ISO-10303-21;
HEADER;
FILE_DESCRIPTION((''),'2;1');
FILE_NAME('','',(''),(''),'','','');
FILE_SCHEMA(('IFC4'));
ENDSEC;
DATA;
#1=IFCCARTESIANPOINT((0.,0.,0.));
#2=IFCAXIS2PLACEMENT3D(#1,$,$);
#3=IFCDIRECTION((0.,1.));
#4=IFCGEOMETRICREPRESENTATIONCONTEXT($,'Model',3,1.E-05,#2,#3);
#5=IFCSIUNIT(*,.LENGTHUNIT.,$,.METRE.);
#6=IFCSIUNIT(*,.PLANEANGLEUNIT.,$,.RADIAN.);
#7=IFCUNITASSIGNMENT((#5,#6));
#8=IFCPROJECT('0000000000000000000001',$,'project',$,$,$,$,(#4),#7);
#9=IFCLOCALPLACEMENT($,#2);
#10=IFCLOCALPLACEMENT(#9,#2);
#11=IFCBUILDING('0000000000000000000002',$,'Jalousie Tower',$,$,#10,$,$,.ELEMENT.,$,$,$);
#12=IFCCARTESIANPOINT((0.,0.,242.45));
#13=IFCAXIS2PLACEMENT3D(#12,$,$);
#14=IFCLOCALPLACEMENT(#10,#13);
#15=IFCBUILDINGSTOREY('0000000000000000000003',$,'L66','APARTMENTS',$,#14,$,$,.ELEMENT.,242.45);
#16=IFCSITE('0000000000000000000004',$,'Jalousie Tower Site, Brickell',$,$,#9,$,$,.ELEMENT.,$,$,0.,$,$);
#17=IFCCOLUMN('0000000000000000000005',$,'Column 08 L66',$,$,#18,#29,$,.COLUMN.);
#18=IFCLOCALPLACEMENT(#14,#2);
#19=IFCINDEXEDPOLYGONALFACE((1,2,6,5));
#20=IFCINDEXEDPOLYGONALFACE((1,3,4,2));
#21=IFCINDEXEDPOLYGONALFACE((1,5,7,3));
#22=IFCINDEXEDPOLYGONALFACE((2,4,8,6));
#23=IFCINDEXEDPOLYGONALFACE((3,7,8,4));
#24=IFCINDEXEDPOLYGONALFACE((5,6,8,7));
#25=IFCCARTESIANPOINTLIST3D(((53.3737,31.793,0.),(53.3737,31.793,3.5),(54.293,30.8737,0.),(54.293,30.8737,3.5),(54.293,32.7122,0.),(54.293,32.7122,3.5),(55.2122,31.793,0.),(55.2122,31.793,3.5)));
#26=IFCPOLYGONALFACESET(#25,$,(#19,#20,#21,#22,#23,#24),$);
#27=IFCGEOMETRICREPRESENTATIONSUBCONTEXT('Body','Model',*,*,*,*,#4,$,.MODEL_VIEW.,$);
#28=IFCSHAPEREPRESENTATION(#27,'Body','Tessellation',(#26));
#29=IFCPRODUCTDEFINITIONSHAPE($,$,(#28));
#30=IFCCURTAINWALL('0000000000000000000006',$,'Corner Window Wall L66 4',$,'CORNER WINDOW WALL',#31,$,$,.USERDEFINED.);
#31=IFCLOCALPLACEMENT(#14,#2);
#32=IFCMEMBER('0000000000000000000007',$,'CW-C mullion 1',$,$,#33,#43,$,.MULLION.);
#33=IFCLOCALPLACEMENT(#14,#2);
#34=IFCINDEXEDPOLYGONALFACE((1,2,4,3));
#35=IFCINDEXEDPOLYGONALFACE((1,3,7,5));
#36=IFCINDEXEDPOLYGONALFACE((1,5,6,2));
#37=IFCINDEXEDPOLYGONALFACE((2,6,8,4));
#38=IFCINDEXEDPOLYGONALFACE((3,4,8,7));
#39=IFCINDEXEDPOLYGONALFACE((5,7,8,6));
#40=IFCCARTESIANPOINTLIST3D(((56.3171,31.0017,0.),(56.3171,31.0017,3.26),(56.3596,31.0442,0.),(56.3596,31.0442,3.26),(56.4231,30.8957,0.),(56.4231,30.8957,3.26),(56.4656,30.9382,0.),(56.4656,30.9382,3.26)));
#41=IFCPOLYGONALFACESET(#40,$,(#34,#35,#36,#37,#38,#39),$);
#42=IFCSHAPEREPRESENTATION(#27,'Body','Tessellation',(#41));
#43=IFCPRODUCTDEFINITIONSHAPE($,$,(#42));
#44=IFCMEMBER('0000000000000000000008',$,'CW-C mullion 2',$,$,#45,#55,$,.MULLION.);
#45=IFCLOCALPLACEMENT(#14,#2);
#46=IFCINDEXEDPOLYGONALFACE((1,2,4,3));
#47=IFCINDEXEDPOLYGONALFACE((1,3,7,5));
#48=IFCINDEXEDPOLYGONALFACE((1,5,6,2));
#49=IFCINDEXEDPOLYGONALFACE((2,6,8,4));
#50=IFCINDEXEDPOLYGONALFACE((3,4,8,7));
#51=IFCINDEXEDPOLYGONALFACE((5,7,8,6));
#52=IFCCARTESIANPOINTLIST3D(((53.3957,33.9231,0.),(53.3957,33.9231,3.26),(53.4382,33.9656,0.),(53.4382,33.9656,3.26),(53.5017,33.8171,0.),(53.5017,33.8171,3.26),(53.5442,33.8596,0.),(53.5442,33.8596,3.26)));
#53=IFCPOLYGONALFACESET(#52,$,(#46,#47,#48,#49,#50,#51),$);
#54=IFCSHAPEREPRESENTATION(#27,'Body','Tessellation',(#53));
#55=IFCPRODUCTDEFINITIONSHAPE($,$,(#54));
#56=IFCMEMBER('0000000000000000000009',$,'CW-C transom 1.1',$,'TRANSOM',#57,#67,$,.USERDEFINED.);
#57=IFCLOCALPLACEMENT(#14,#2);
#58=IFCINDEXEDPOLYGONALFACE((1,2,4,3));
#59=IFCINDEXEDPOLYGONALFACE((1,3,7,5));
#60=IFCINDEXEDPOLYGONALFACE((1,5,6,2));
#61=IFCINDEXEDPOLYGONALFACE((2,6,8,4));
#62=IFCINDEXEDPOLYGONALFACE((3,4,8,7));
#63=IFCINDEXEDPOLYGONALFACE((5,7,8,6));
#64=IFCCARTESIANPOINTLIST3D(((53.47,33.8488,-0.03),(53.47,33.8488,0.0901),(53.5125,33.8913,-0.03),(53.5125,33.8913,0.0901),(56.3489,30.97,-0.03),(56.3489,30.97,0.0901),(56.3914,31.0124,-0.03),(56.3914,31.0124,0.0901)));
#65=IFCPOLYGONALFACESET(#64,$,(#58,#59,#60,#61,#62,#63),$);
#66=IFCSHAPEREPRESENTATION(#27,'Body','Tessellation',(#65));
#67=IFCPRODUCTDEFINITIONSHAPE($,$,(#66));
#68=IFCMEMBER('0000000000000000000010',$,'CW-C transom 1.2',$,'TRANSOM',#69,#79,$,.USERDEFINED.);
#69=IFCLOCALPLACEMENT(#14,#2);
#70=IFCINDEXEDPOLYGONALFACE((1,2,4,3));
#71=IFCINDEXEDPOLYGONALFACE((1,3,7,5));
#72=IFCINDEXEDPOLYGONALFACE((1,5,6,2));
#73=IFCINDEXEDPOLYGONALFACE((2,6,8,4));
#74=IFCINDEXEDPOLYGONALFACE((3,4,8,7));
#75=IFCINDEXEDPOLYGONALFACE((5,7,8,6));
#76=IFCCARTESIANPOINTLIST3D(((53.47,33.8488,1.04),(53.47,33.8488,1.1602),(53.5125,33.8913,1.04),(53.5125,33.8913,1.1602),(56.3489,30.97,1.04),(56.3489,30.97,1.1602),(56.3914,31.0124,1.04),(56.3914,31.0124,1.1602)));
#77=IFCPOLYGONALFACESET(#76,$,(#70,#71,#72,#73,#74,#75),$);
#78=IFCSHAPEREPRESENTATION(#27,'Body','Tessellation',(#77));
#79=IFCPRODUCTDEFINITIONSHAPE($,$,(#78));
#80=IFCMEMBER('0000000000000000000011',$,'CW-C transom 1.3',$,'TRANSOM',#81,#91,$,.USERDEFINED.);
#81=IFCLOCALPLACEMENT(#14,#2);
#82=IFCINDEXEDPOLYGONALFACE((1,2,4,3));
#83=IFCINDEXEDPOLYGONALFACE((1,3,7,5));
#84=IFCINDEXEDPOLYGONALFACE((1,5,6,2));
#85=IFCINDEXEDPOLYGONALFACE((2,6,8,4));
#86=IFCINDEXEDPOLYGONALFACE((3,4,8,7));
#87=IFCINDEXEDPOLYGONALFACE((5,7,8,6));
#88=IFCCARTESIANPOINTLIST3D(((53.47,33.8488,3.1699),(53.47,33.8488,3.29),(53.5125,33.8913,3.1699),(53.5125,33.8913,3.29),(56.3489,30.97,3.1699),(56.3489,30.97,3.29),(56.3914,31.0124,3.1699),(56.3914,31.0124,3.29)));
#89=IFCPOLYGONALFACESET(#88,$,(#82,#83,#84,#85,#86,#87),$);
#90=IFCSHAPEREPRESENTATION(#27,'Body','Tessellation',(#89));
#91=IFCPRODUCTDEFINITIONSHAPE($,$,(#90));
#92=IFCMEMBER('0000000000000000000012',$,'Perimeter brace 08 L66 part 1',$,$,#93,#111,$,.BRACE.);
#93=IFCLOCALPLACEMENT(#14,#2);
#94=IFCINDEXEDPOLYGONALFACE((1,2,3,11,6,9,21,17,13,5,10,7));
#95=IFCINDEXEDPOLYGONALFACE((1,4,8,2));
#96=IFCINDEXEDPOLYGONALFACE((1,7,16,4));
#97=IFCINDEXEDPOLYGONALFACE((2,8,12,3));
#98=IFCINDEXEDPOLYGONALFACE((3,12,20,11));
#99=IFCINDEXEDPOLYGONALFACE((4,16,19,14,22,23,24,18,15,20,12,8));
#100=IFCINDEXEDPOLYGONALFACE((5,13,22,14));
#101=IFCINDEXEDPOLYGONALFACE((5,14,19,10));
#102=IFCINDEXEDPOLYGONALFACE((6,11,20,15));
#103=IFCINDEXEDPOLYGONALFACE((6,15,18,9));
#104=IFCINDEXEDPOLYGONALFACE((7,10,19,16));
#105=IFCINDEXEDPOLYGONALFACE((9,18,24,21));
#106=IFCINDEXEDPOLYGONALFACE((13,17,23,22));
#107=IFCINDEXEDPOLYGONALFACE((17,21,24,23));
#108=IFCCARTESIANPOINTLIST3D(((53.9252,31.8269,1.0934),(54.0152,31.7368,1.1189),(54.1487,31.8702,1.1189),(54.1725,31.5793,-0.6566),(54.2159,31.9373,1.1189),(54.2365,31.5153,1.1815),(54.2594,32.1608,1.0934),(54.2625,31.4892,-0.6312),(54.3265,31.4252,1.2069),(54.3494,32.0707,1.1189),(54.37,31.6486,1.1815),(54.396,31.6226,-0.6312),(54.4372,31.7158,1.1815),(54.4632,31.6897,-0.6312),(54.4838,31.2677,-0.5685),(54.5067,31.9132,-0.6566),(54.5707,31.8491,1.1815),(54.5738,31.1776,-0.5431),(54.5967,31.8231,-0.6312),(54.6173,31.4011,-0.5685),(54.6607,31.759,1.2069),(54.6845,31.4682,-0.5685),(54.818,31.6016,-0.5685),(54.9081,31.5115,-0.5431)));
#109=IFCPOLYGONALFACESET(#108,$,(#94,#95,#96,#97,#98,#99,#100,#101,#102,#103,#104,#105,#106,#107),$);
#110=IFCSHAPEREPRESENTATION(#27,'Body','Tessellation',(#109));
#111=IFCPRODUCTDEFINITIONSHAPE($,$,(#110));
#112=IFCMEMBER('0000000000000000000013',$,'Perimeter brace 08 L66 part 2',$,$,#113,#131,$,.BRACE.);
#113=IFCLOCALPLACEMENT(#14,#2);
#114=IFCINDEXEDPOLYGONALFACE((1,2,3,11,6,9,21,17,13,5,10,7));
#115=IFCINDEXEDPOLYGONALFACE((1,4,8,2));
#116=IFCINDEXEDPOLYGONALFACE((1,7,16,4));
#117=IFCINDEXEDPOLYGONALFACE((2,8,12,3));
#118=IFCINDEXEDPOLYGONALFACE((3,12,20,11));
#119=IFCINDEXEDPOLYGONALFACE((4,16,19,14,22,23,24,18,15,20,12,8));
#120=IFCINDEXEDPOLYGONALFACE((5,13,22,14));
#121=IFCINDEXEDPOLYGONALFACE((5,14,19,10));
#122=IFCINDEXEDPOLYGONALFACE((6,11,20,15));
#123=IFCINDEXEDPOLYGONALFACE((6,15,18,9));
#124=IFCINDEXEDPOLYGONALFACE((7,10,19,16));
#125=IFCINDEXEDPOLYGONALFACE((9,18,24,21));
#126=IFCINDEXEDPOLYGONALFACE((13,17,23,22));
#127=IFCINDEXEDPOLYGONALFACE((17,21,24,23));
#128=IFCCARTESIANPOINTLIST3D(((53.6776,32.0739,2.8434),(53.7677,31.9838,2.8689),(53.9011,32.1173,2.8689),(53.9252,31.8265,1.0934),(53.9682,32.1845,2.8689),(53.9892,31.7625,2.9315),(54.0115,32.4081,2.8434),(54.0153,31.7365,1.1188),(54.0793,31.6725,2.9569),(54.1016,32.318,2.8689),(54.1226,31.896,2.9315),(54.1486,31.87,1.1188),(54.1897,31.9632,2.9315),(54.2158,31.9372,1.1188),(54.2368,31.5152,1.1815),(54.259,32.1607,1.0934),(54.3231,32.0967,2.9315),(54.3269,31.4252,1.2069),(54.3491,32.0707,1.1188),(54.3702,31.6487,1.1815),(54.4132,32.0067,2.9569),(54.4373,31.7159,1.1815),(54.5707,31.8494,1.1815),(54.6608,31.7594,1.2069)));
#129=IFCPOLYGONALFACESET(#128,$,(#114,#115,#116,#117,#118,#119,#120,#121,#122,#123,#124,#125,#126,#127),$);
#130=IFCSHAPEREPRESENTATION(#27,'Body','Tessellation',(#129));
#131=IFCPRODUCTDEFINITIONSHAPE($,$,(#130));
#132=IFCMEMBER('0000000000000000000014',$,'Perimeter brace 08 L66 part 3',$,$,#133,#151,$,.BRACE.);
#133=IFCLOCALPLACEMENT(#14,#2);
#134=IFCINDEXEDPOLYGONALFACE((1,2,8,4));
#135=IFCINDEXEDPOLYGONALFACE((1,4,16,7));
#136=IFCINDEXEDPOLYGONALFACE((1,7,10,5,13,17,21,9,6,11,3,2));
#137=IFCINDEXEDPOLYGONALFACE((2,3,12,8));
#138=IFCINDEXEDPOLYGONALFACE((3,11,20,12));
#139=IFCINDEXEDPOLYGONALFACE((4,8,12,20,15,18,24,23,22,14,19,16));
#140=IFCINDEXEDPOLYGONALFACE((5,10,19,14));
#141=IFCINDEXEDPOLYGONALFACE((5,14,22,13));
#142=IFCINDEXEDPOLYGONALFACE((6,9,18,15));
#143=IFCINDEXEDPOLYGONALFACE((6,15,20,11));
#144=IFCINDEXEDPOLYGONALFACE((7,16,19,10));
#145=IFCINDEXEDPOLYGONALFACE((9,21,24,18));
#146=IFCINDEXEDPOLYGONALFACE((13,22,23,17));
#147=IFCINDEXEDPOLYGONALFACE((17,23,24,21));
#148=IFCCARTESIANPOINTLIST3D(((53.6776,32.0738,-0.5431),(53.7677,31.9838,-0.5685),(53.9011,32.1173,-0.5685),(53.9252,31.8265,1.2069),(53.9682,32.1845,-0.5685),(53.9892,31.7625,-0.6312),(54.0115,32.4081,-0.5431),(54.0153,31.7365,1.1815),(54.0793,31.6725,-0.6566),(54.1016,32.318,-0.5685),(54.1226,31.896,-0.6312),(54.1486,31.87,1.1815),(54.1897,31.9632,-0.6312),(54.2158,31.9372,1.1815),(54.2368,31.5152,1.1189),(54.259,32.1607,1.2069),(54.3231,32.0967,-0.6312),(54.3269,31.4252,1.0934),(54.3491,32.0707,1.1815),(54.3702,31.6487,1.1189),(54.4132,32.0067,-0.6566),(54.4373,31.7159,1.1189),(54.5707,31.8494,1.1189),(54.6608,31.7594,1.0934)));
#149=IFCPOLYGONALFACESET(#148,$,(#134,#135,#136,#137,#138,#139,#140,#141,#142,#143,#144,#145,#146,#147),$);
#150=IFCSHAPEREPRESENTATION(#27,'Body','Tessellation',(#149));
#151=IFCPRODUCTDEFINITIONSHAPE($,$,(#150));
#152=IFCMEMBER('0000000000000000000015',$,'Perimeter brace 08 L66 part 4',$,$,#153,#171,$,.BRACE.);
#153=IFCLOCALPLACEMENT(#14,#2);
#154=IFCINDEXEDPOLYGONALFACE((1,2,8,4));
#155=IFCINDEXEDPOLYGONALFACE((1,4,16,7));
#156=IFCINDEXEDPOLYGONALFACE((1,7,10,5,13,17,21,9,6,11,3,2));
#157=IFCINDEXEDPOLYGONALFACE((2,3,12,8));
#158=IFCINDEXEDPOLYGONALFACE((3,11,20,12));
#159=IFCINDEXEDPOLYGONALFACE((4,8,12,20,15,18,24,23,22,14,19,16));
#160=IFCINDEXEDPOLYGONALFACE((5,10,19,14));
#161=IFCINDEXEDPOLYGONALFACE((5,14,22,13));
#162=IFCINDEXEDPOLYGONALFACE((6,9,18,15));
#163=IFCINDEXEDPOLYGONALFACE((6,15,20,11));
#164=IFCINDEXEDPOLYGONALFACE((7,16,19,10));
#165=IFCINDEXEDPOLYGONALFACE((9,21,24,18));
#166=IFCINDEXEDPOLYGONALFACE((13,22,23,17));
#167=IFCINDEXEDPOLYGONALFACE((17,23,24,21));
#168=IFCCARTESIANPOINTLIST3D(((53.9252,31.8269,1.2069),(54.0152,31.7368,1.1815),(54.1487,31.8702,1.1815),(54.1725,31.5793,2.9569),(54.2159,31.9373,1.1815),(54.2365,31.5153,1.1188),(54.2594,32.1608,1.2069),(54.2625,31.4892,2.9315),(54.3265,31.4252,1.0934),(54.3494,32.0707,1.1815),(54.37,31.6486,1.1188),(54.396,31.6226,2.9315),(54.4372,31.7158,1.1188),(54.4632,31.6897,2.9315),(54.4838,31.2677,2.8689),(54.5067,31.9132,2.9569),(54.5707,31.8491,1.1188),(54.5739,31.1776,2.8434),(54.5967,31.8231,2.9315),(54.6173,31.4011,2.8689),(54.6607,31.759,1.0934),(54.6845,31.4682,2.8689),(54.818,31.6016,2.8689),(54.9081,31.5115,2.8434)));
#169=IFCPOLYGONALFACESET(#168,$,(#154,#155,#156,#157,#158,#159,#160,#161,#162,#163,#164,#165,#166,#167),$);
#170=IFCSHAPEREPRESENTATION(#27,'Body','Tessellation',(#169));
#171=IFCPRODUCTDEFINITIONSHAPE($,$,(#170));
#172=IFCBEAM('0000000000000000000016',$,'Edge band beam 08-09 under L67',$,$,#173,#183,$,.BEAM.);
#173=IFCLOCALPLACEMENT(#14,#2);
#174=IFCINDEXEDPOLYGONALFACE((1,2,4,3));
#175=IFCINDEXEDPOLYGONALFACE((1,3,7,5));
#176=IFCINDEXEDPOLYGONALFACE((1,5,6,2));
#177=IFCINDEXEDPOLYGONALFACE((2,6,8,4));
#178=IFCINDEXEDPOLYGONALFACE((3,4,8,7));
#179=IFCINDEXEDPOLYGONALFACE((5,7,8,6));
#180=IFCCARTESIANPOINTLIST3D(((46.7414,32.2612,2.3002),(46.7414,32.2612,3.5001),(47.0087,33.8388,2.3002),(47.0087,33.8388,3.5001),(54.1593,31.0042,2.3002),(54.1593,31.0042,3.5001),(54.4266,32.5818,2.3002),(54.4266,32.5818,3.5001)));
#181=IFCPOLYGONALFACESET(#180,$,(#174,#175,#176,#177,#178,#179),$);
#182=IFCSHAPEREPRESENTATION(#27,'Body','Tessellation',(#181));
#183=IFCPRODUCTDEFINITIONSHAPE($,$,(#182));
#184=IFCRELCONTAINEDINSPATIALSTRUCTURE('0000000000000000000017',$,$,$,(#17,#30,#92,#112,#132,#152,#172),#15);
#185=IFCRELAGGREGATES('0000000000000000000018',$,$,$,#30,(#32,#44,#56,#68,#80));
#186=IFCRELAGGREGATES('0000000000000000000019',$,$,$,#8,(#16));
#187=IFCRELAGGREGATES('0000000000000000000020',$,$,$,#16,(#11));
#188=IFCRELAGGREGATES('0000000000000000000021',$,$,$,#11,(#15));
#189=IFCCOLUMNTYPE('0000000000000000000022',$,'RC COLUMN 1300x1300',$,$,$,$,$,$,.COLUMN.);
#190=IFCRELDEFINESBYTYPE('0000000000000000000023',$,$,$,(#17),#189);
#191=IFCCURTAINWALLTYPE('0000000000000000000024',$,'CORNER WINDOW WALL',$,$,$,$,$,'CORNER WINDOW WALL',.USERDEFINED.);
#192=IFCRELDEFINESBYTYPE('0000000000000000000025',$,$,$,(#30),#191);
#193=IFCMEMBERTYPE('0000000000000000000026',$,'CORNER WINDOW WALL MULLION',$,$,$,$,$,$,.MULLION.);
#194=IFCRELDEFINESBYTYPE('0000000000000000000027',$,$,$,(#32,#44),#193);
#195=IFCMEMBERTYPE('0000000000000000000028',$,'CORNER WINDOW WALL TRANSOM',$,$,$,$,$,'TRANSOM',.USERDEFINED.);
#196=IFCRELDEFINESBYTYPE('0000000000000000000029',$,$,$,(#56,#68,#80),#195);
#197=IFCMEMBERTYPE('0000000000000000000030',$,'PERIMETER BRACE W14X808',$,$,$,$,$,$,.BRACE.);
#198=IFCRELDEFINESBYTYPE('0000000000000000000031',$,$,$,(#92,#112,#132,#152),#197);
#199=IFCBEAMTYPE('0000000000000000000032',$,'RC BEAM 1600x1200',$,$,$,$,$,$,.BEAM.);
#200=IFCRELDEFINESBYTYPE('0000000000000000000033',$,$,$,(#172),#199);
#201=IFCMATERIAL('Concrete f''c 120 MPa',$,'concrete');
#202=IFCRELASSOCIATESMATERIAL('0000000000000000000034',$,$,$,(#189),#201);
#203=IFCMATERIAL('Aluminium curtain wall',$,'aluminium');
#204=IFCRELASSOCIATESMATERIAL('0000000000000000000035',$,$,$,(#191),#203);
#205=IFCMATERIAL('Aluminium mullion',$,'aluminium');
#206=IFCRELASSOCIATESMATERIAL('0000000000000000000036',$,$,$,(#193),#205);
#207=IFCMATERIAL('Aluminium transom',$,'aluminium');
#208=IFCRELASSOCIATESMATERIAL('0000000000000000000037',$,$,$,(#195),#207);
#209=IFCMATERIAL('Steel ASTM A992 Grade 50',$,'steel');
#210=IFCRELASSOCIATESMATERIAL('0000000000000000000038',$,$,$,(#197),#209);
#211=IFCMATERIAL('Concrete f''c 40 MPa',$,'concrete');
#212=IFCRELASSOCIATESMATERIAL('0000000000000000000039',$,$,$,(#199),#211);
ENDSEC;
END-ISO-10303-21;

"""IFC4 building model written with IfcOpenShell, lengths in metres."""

from ifc_helpers import new_model, si_unit, direction, frame, origin, origin_2d, place, context, subcontext, project, spatial, rectangle, i_section, extrude, material, material_profile, profile_set, type_object, element, aggregate, save


model = new_model("IFC4")

# Units and contexts
model_context = context("Model", 3, precision=1e-05, world=origin(), true_north=direction((0.0, 1.0)))
body_context = subcontext(model_context, "Body", "Model", "MODEL_VIEW")
ifc_project = project(units=[si_unit("LENGTHUNIT", "METRE"), si_unit("PLANEANGLEUNIT", "RADIAN")], contexts=[model_context])

# Site, building, storey
site_placement = place(None, origin())
site = spatial("IfcSite", under=ifc_project, at=site_placement, Name="Jalousie Tower Site, Brickell", CompositionType="ELEMENT", RefElevation=0.0)
building_placement = place(site_placement, origin())
building = spatial("IfcBuilding", under=site, at=building_placement, Name="Jalousie Tower", CompositionType="ELEMENT")
storey_placement = place(building_placement, frame((0.0, 0.0, 242.45)))
storey = spatial("IfcBuildingStorey", under=building, at=storey_placement, Name="L66", Description="APARTMENTS", CompositionType="ELEMENT", Elevation=242.45)

# Column
ifc_material_1 = material(Name="Concrete f'c 120 MPa", Category="concrete")
ifc_material_profile_1 = material_profile(ifc_material_1, rectangle(XDim=1.3, YDim=1.3, at=origin_2d()), Name="RC 1300x1300")
ifc_profile_set_1 = profile_set([ifc_material_profile_1], Name="Concrete f'c 120 MPa")
column_type = type_object("IfcColumnType", Name="RC COLUMN 1300x1300", PredefinedType="COLUMN", material=ifc_profile_set_1)
column_placement = place(storey_placement, frame((54.293, 31.793, 0.0), z_axis=(0.0, 0.0, 1.0), x_axis=(0.707107, 0.707107, 0.0)))
element("IfcColumn", 1, at=column_placement, inside=storey, type_object=column_type, Name="Column 08 L66", PredefinedType="COLUMN", context=body_context, shape_type="SweptSolid", body=[
    extrude(rectangle(XDim=1.3, YDim=1.3, at=origin_2d()), origin(), (0.0, 0.0, 1.0), 3.5),
])

# Curtain wall, members
ifc_material_2 = material(Name="Aluminium curtain wall", Category="aluminium")
curtain_wall_type_1 = type_object("IfcCurtainWallType", Name="CORNER WINDOW WALL", ElementType="CORNER WINDOW WALL", PredefinedType="USERDEFINED", material=ifc_material_2)
curtain_wall_1_placement = place(storey_placement, origin())
curtain_wall_1 = element("IfcCurtainWall", 2, at=curtain_wall_1_placement, inside=storey, type_object=curtain_wall_type_1, Name="Corner Window Wall L66 4", ObjectType="CORNER WINDOW WALL", PredefinedType="USERDEFINED")
ifc_material_3 = material(Name="Aluminium mullion", Category="aluminium")
ifc_material_profile_2 = material_profile(ifc_material_3, rectangle(XDim=0.0601, YDim=0.1499, at=origin_2d()), Name="MULLION 60x150")
ifc_profile_set_2 = profile_set([ifc_material_profile_2], Name="Aluminium mullion")
member_type_1 = type_object("IfcMemberType", Name="CORNER WINDOW WALL MULLION", PredefinedType="MULLION", material=ifc_profile_set_2)
member_1_placement = place(storey_placement, frame((56.3914, 30.97, 0.0), z_axis=(0.0, 0.0, 1.0), x_axis=(-0.707107, -0.707107, 0.0)))
member_1 = element("IfcMember", 3, at=member_1_placement, type_object=member_type_1, Name="CW-C mullion 1", PredefinedType="MULLION", context=body_context, shape_type="SweptSolid", body=[
    extrude(rectangle(XDim=0.0601, YDim=0.1499, at=origin_2d()), origin(), (0.0, 0.0, 1.0), 3.26),
])
member_2_placement = place(storey_placement, frame((53.47, 33.8914, 0.0), z_axis=(0.0, 0.0, 1.0), x_axis=(-0.707107, -0.707107, 0.0)))
member_2 = element("IfcMember", 4, at=member_2_placement, type_object=member_type_1, Name="CW-C mullion 2", PredefinedType="MULLION", context=body_context, shape_type="SweptSolid", body=[
    extrude(rectangle(XDim=0.0601, YDim=0.1499, at=origin_2d()), origin(), (0.0, 0.0, 1.0), 3.26),
])
ifc_material_4 = material(Name="Aluminium transom", Category="aluminium")
ifc_material_profile_3 = material_profile(ifc_material_4, rectangle(XDim=0.0601, YDim=0.1201, at=origin_2d()), Name="TRANSOM 60x120")
ifc_profile_set_3 = profile_set([ifc_material_profile_3], Name="Aluminium transom")
member_type_2 = type_object("IfcMemberType", Name="CORNER WINDOW WALL TRANSOM", ElementType="TRANSOM", PredefinedType="USERDEFINED", material=ifc_profile_set_3)
member_3_placement = place(storey_placement, frame((56.3701, 30.9912, 0.03), z_axis=(-0.707107, 0.707107, 0.0), x_axis=(-0.707107, -0.707107, 0.0)))
member_3 = element("IfcMember", 5, at=member_3_placement, type_object=member_type_2, Name="CW-C transom 1.1", ObjectType="TRANSOM", PredefinedType="USERDEFINED", context=body_context, shape_type="SweptSolid", body=[
    extrude(rectangle(XDim=0.0601, YDim=0.1201, at=origin_2d()), origin(), (0.0, 0.0, 1.0), 4.0713),
])
member_4_placement = place(storey_placement, frame((56.3701, 30.9912, 1.1001), z_axis=(-0.707107, 0.707107, 0.0), x_axis=(-0.707107, -0.707107, 0.0)))
member_4 = element("IfcMember", 6, at=member_4_placement, type_object=member_type_2, Name="CW-C transom 1.2", ObjectType="TRANSOM", PredefinedType="USERDEFINED", context=body_context, shape_type="SweptSolid", body=[
    extrude(rectangle(XDim=0.0601, YDim=0.1201, at=origin_2d()), origin(), (0.0, 0.0, 1.0), 4.0713),
])
member_5_placement = place(storey_placement, frame((56.3701, 30.9912, 3.23), z_axis=(-0.707107, 0.707107, 0.0), x_axis=(-0.707107, -0.707107, 0.0)))
member_5 = element("IfcMember", 7, at=member_5_placement, type_object=member_type_2, Name="CW-C transom 1.3", ObjectType="TRANSOM", PredefinedType="USERDEFINED", context=body_context, shape_type="SweptSolid", body=[
    extrude(rectangle(XDim=0.0601, YDim=0.1201, at=origin_2d()), origin(), (0.0, 0.0, 1.0), 4.0713),
])

# Members
ifc_material_5 = material(Name="Steel ASTM A992 Grade 50", Category="steel")
ifc_material_profile_4 = material_profile(ifc_material_5, i_section(OverallWidth=0.4724, OverallDepth=0.5791, WebThickness=0.095, FlangeThickness=0.1299, at=origin_2d()), Name="W14X808")
ifc_profile_set_4 = profile_set([ifc_material_profile_4], Name="Steel ASTM A992 Grade 50")
member_type_3 = type_object("IfcMemberType", Name="PERIMETER BRACE W14X808", PredefinedType="BRACE", material=ifc_profile_set_4)
for number, where, z_axis, x_axis, name in (
    (8, (54.5403, 31.5454, -0.5999), (-0.138579, 0.138716, 0.980588), (-0.707456, -0.706758, 0.0), "Perimeter brace 08 L66 part 1"),
    (9, (54.293, 31.793, 1.1501), (-0.138716, 0.138579, 0.980588), (-0.706758, -0.707456, 0.0), "Perimeter brace 08 L66 part 2"),
    (10, (54.0454, 32.0403, -0.5999), (0.138716, -0.138579, 0.980588), (0.706758, 0.707456, 0.0), "Perimeter brace 08 L66 part 3"),
    (11, (54.293, 31.793, 1.1501), (0.138579, -0.138716, 0.980588), (0.707456, 0.706758, 0.0), "Perimeter brace 08 L66 part 4"),
):
    element("IfcMember", number, at=place(storey_placement, frame(where, z_axis=z_axis, x_axis=x_axis)), inside=storey, type_object=member_type_3, Name=name, PredefinedType="BRACE", context=body_context, shape_type="SweptSolid", body=[
        extrude(i_section(OverallWidth=0.4724, OverallDepth=0.5791, WebThickness=0.095, FlangeThickness=0.1299, at=origin_2d()), origin(), (0.0, 0.0, 1.0), 1.7847),
    ])

# Beam
ifc_material_6 = material(Name="Concrete f'c 40 MPa", Category="concrete")
ifc_material_profile_5 = material_profile(ifc_material_6, rectangle(XDim=1.6001, YDim=1.2, at=origin_2d()), Name="RC 1600x1200")
ifc_profile_set_5 = profile_set([ifc_material_profile_5], Name="Concrete f'c 40 MPa")
beam_type = type_object("IfcBeamType", Name="RC BEAM 1600x1200", PredefinedType="BEAM", material=ifc_profile_set_5)
beam_placement = place(storey_placement, frame((54.293, 31.793, 2.9001), z_axis=(-0.985943, 0.167082, 0.0), x_axis=(-0.167082, -0.985943, 0.0)))
element("IfcBeam", 12, at=beam_placement, inside=storey, type_object=beam_type, Name="Edge band beam 08-09 under L67", PredefinedType="BEAM", context=body_context, shape_type="SweptSolid", body=[
    extrude(rectangle(XDim=1.6001, YDim=1.2, at=origin_2d()), origin(), (0.0, 0.0, 1.0), 7.5237),
])

aggregate(curtain_wall_1, [member_1, member_2, member_3, member_4, member_5])

save(model, "model.ifc")
